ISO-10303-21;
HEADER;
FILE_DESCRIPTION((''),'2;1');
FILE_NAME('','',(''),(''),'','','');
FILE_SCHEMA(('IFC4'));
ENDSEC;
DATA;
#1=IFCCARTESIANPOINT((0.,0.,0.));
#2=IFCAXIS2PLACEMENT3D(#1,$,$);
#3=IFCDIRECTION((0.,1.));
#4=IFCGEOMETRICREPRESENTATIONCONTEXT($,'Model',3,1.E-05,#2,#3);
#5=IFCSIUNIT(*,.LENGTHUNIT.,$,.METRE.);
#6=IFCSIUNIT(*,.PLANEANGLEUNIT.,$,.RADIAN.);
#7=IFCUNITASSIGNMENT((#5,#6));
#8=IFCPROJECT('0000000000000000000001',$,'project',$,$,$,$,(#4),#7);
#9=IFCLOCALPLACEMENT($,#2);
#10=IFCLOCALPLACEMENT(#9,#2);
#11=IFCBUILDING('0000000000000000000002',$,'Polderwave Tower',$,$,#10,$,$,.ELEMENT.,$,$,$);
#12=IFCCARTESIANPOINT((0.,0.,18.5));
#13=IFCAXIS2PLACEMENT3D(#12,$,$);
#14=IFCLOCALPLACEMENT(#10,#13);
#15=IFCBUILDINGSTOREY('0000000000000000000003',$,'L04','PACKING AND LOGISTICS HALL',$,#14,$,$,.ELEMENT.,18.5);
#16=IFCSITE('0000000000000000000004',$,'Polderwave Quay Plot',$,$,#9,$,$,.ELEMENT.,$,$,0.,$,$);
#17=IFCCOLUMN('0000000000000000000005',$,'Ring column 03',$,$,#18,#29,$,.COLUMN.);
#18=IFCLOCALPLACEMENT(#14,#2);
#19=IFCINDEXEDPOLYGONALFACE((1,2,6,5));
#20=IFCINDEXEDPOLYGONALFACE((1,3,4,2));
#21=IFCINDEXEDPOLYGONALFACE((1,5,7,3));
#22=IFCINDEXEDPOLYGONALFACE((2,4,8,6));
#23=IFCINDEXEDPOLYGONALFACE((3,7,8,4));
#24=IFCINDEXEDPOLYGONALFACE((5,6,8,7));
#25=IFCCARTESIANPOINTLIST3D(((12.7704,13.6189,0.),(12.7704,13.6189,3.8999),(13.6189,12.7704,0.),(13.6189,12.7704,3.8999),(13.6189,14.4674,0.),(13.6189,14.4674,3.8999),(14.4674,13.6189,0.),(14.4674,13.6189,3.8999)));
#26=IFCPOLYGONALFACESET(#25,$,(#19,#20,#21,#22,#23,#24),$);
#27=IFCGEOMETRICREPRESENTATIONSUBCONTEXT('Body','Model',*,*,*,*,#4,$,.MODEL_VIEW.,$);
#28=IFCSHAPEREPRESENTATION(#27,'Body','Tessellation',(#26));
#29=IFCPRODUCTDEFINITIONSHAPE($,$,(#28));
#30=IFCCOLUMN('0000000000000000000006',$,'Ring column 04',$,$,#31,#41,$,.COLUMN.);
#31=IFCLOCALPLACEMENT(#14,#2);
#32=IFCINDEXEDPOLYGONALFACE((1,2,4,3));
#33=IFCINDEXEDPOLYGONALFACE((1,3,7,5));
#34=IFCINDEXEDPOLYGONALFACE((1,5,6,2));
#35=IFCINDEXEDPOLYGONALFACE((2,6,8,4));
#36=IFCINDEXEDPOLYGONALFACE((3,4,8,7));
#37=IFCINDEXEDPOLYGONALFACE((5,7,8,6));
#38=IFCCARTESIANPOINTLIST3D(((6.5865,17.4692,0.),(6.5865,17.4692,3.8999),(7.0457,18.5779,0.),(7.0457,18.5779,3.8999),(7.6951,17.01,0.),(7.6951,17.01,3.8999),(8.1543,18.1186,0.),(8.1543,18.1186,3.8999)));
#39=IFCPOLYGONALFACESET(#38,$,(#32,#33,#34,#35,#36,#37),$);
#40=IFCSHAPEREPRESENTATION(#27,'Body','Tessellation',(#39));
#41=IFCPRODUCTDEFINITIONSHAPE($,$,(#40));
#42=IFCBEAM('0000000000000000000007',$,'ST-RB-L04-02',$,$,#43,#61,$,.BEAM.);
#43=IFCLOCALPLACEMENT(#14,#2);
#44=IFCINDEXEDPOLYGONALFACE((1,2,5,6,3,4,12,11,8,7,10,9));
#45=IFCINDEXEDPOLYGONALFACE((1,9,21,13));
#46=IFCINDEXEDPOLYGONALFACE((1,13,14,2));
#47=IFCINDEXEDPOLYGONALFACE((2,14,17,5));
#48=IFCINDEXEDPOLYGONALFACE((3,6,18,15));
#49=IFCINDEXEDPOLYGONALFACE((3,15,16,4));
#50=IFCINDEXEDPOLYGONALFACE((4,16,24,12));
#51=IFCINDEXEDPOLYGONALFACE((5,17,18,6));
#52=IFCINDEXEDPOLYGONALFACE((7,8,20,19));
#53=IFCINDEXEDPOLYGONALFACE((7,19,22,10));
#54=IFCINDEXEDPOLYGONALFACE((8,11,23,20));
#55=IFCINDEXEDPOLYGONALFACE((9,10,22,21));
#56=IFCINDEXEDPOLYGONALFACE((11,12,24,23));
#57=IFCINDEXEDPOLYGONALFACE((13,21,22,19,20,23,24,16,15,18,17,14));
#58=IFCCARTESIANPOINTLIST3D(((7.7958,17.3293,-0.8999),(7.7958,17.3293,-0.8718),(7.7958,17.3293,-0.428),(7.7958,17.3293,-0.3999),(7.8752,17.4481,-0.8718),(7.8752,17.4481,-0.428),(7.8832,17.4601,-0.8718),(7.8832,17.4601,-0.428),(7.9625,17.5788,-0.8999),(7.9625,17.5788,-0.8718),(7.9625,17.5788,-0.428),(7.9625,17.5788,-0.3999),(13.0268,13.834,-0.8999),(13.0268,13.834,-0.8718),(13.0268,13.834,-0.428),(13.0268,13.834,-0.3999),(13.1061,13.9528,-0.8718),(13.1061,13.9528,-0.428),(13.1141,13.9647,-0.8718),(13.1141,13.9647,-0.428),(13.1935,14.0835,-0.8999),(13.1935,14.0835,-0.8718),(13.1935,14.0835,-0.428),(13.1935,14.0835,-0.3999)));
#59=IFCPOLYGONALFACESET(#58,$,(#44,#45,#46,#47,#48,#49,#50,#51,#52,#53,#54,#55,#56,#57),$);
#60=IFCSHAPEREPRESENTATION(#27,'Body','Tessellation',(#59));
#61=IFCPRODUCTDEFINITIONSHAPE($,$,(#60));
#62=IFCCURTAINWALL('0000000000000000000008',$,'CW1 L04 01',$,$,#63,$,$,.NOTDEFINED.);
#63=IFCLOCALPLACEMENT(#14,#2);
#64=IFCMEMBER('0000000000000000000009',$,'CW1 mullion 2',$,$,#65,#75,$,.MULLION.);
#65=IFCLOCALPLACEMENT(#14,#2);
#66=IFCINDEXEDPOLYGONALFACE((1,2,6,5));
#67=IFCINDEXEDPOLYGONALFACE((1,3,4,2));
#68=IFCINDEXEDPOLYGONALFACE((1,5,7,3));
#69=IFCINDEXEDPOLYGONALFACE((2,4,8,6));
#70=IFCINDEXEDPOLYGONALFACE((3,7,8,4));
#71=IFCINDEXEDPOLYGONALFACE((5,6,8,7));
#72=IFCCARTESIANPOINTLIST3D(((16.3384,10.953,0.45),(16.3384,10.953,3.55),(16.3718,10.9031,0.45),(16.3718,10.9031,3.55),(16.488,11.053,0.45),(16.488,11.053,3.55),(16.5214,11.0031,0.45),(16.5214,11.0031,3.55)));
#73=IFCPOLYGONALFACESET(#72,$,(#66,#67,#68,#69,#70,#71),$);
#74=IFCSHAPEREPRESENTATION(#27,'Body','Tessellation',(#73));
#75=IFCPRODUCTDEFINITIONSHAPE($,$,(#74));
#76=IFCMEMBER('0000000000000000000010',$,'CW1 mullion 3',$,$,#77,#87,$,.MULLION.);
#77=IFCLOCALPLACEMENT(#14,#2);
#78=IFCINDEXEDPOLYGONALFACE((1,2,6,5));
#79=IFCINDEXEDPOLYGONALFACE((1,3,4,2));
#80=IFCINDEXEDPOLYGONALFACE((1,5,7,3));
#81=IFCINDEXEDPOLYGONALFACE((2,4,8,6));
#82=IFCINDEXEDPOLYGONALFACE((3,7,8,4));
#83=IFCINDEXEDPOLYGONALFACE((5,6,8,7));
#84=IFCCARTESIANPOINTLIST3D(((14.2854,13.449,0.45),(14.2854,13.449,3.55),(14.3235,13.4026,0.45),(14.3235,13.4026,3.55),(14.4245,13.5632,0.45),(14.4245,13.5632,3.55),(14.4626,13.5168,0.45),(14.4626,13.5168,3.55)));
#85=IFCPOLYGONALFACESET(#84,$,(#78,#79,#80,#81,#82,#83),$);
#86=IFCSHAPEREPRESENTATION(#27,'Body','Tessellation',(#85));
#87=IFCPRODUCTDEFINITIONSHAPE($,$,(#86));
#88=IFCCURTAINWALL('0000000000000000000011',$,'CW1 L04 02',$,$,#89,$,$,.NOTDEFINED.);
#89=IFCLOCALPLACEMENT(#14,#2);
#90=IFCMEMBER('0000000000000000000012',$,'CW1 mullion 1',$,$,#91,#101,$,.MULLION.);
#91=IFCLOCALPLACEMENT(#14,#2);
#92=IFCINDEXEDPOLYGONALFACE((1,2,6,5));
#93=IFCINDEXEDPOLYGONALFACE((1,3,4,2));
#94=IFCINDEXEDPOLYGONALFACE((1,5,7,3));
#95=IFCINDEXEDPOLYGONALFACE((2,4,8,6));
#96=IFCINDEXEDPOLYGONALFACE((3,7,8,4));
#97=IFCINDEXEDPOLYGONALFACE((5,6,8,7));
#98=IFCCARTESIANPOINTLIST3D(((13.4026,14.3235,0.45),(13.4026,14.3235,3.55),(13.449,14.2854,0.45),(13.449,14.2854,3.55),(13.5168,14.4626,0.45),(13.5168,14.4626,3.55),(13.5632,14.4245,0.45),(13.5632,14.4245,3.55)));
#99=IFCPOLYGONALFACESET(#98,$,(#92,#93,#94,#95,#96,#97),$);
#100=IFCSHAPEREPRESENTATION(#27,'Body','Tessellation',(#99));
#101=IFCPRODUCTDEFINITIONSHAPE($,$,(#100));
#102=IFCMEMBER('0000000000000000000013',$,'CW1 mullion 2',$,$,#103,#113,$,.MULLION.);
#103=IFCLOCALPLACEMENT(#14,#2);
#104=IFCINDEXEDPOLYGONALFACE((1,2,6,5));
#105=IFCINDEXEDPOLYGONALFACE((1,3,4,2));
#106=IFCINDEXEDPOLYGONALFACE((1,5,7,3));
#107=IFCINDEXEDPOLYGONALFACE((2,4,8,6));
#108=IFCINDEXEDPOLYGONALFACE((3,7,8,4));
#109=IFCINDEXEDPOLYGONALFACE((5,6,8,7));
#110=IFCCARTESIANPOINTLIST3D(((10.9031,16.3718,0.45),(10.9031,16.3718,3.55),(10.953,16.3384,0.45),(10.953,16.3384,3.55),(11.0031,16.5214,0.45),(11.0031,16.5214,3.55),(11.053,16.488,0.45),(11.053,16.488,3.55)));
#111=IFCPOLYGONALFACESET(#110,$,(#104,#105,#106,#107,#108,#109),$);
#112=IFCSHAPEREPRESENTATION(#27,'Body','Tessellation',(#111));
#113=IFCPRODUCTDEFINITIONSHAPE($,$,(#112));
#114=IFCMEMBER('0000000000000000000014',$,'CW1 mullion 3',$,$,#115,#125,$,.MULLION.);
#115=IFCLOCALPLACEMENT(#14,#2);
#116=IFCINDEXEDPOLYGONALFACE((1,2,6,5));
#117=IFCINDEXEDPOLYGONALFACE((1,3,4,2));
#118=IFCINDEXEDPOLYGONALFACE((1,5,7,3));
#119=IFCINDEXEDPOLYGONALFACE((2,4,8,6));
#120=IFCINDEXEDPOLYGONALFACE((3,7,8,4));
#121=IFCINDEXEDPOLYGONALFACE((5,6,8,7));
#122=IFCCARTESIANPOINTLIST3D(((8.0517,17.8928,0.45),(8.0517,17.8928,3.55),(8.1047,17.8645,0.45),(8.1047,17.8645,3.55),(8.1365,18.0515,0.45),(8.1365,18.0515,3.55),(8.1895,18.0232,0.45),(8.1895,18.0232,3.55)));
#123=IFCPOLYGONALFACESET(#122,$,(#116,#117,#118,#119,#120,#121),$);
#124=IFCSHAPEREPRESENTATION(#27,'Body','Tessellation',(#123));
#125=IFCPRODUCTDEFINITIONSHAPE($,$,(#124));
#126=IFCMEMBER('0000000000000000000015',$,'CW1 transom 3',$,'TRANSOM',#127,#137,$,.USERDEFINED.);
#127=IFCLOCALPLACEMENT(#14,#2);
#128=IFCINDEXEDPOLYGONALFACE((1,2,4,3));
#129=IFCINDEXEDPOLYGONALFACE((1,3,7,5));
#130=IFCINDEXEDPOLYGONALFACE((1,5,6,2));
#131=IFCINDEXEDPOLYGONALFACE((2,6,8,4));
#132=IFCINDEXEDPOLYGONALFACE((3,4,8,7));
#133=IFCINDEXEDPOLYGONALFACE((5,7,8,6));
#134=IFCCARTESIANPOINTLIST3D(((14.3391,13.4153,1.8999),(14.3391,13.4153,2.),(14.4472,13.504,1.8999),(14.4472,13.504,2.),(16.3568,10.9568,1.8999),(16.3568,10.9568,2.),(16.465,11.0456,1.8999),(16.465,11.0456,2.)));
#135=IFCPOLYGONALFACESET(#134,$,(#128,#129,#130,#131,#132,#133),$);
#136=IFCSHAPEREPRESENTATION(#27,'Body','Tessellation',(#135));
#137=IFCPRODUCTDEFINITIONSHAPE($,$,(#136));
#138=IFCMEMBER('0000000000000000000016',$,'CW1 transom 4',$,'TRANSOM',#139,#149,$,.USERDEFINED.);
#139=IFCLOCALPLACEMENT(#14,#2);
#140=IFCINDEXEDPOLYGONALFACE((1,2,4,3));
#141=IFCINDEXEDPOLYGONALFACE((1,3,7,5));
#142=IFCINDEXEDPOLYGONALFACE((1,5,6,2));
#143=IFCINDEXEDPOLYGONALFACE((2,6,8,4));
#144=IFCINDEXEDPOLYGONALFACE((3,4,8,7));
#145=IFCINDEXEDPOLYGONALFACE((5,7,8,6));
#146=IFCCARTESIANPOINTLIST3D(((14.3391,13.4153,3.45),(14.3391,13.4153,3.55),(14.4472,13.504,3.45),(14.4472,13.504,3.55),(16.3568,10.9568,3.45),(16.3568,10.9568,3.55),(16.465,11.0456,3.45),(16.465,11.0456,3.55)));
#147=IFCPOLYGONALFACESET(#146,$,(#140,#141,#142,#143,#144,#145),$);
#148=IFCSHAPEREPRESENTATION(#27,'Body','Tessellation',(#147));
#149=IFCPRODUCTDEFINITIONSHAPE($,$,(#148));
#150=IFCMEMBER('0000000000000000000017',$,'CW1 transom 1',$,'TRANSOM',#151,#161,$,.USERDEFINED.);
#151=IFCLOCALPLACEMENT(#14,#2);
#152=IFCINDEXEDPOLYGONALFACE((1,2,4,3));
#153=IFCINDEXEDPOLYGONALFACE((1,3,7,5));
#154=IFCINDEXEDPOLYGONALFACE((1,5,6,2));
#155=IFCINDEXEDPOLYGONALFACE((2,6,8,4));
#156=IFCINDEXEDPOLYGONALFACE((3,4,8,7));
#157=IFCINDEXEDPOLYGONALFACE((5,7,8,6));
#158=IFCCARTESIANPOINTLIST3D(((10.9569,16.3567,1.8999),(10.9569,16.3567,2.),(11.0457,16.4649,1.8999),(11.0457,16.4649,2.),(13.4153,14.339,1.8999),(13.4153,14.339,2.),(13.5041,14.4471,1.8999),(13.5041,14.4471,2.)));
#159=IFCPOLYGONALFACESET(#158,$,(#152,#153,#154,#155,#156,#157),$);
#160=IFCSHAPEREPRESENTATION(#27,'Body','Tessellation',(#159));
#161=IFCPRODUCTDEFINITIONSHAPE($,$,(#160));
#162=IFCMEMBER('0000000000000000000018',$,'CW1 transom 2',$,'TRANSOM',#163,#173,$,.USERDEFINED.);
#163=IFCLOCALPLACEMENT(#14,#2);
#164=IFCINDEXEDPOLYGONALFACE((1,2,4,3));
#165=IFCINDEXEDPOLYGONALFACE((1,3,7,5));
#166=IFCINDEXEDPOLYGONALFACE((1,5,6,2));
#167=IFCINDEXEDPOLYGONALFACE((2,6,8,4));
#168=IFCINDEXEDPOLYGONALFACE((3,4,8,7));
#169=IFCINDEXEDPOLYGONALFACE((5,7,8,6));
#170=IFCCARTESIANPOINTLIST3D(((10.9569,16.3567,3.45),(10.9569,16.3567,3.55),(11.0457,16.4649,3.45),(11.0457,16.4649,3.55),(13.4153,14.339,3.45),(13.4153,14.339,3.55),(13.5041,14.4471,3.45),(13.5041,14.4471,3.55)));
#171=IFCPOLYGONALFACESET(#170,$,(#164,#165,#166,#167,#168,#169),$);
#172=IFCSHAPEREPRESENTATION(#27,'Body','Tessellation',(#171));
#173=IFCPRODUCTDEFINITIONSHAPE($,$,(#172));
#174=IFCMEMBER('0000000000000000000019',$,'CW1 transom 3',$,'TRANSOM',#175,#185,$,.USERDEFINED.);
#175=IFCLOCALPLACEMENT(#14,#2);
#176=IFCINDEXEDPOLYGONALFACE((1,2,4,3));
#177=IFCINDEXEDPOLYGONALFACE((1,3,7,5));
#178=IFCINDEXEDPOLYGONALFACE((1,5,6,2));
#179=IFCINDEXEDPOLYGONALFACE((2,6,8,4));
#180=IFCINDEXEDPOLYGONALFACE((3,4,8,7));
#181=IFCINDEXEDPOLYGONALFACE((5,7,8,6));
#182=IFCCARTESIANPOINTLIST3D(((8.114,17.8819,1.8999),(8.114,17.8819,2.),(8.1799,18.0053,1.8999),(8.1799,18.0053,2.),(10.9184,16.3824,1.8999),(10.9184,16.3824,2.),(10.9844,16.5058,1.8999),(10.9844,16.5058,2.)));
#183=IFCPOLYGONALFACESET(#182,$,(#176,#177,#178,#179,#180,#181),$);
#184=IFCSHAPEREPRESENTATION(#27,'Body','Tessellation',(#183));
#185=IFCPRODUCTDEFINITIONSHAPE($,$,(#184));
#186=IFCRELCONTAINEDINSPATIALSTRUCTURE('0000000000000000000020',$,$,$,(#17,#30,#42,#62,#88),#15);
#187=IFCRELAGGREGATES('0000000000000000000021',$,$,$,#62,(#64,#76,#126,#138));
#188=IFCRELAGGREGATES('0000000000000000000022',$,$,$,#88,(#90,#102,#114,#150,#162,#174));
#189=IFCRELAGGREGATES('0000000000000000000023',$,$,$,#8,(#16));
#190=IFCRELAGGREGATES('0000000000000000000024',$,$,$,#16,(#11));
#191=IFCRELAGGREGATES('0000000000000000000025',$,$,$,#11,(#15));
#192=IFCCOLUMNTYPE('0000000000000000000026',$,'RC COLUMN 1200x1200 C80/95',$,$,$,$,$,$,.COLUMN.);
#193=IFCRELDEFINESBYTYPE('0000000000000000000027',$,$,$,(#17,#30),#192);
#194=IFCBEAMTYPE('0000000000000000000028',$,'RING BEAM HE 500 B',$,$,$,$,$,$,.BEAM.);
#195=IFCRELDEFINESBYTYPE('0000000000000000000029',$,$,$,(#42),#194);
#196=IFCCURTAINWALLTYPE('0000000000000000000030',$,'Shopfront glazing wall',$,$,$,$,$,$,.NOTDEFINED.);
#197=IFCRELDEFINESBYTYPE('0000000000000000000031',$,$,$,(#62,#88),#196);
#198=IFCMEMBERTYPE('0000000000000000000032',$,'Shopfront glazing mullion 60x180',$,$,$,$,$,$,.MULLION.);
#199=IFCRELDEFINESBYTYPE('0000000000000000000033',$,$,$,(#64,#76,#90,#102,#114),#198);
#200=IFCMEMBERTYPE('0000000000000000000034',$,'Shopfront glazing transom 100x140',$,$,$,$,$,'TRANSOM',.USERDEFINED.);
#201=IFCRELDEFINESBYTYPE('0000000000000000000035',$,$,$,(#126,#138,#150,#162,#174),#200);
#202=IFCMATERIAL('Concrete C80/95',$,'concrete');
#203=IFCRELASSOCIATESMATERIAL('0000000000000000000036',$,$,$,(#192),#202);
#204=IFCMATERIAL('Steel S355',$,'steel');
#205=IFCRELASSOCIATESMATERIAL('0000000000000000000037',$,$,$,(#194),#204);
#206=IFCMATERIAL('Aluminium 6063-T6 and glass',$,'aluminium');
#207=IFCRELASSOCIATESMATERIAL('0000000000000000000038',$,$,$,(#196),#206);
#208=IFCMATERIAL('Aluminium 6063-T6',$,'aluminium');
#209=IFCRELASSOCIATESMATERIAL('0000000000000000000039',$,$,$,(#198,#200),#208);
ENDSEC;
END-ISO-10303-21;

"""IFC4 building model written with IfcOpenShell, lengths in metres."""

from ifc_helpers import new_model, si_unit, direction, frame, origin, origin_2d, place, context, subcontext, project, spatial, rectangle, i_section, extrude, material, material_profile, profile_set, type_object, element, aggregate, save


model = new_model("IFC4")

# Units and contexts
model_context = context("Model", 3, precision=1e-05, world=origin(), true_north=direction((0.0, 1.0)))
body_context = subcontext(model_context, "Body", "Model", "MODEL_VIEW")
ifc_project = project(units=[si_unit("LENGTHUNIT", "METRE"), si_unit("PLANEANGLEUNIT", "RADIAN")], contexts=[model_context])

# Site, building, storey
site_placement = place(None, origin())
site = spatial("IfcSite", under=ifc_project, at=site_placement, Name="Polderwave Quay Plot", CompositionType="ELEMENT", RefElevation=0.0)
building_placement = place(site_placement, origin())
building = spatial("IfcBuilding", under=site, at=building_placement, Name="Polderwave Tower", CompositionType="ELEMENT")
storey_placement = place(building_placement, frame((0.0, 0.0, 18.5)))
storey = spatial("IfcBuildingStorey", under=building, at=storey_placement, Name="L04", Description="PACKING AND LOGISTICS HALL", CompositionType="ELEMENT", Elevation=18.5)

# Columns
ifc_material_1 = material(Name="Concrete C80/95", Category="concrete")
ifc_material_profile_1 = material_profile(ifc_material_1, rectangle(XDim=1.2, YDim=1.2, at=origin_2d()), Name="RC 1200x1200")
ifc_profile_set_1 = profile_set([ifc_material_profile_1], Name="Concrete C80/95")
column_type = type_object("IfcColumnType", Name="RC COLUMN 1200x1200 C80/95", PredefinedType="COLUMN", material=ifc_profile_set_1)
for number, where, z_axis, x_axis, name in (
    (1, (13.6189, 13.6189, 0.0), (0.0, 0.0, 1.0), (0.707107, 0.707107, 0.0), "Ring column 03"),
    (2, (7.3704, 17.7939, 0.0), (0.0, 0.0, 1.0), (0.382683, 0.92388, 0.0), "Ring column 04"),
):
    element("IfcColumn", number, at=place(storey_placement, frame(where, z_axis=z_axis, x_axis=x_axis)), inside=storey, type_object=column_type, Name=name, PredefinedType="COLUMN", context=body_context, shape_type="SweptSolid", body=[
        extrude(rectangle(XDim=1.2, YDim=1.2, at=origin_2d()), origin(), (0.0, 0.0, 1.0), 3.8999),
    ])

# Beam
ifc_material_2 = material(Name="Steel S355", Category="steel")
ifc_material_profile_2 = material_profile(ifc_material_2, i_section(OverallWidth=0.3, OverallDepth=0.5, WebThickness=0.0144, FlangeThickness=0.0281, at=origin_2d()), Name="HE 500 B")
ifc_profile_set_2 = profile_set([ifc_material_profile_2], Name="Steel S355")
beam_type = type_object("IfcBeamType", Name="RING BEAM HE 500 B", PredefinedType="BEAM", material=ifc_profile_set_2)
beam_placement = place(storey_placement, frame((13.1101, 13.9587, -0.6499), z_axis=(-0.831459, 0.555586, 0.0), x_axis=(-0.555586, -0.831459, 0.0)))
element("IfcBeam", 3, at=beam_placement, inside=storey, type_object=beam_type, Name="ST-RB-L04-02", PredefinedType="BEAM", context=body_context, shape_type="SweptSolid", body=[
    extrude(i_section(OverallWidth=0.3, OverallDepth=0.5, WebThickness=0.0144, FlangeThickness=0.0281, at=origin_2d()), origin(), (0.0, 0.0, 1.0), 6.2913),
])

# Curtain walls, members
ifc_material_3 = material(Name="Aluminium 6063-T6 and glass", Category="aluminium")
curtain_wall_type = type_object("IfcCurtainWallType", Name="Shopfront glazing wall", PredefinedType="NOTDEFINED", material=ifc_material_3)
curtain_wall_1_placement = place(storey_placement, origin())
curtain_wall_1 = element("IfcCurtainWall", 4, at=curtain_wall_1_placement, inside=storey, type_object=curtain_wall_type, Name="CW1 L04 01", PredefinedType="NOTDEFINED")
ifc_material_4 = material(Name="Aluminium 6063-T6", Category="aluminium")
ifc_material_profile_3 = material_profile(ifc_material_4, rectangle(XDim=0.1799, YDim=0.0601, at=origin_2d()), Name="AL 60x180")
ifc_profile_set_3 = profile_set([ifc_material_profile_3], Name="Aluminium 6063-T6")
member_type_1 = type_object("IfcMemberType", Name="Shopfront glazing mullion 60x180", PredefinedType="MULLION", material=ifc_profile_set_3)
member_1_placement = place(storey_placement, frame((16.4299, 10.978, 0.45), z_axis=(0.0, 0.0, 1.0), x_axis=(-0.831413, -0.555654, 0.0)))
member_1 = element("IfcMember", 5, at=member_1_placement, type_object=member_type_1, Name="CW1 mullion 2", PredefinedType="MULLION", context=body_context, shape_type="SweptSolid", body=[
    extrude(rectangle(XDim=0.1799, YDim=0.0601, at=origin_2d()), origin(), (0.0, 0.0, 1.0), 3.1001),
])
member_2_placement = place(storey_placement, frame((14.374, 13.4829, 0.45), z_axis=(0.0, 0.0, 1.0), x_axis=(-0.772962, -0.634453, 0.0)))
member_2 = element("IfcMember", 6, at=member_2_placement, type_object=member_type_1, Name="CW1 mullion 3", PredefinedType="MULLION", context=body_context, shape_type="SweptSolid", body=[
    extrude(rectangle(XDim=0.1799, YDim=0.0601, at=origin_2d()), origin(), (0.0, 0.0, 1.0), 3.1001),
])
curtain_wall_2_placement = place(storey_placement, origin())
curtain_wall_2 = element("IfcCurtainWall", 7, at=curtain_wall_2_placement, inside=storey, type_object=curtain_wall_type, Name="CW1 L04 02", PredefinedType="NOTDEFINED")
member_3_placement = place(storey_placement, frame((13.4829, 14.374, 0.45), z_axis=(0.0, 0.0, 1.0), x_axis=(-0.634453, -0.772962, 0.0)))
member_3 = element("IfcMember", 8, at=member_3_placement, type_object=member_type_1, Name="CW1 mullion 1", PredefinedType="MULLION", context=body_context, shape_type="SweptSolid", body=[
    extrude(rectangle(XDim=0.1799, YDim=0.0601, at=origin_2d()), origin(), (0.0, 0.0, 1.0), 3.1001),
])
member_4_placement = place(storey_placement, frame((10.978, 16.4299, 0.45), z_axis=(0.0, 0.0, 1.0), x_axis=(-0.555654, -0.831413, 0.0)))
member_4 = element("IfcMember", 9, at=member_4_placement, type_object=member_type_1, Name="CW1 mullion 2", PredefinedType="MULLION", context=body_context, shape_type="SweptSolid", body=[
    extrude(rectangle(XDim=0.1799, YDim=0.0601, at=origin_2d()), origin(), (0.0, 0.0, 1.0), 3.1001),
])
member_5_placement = place(storey_placement, frame((8.1206, 17.958, 0.45), z_axis=(0.0, 0.0, 1.0), x_axis=(-0.471509, -0.881861, 0.0)))
member_5 = element("IfcMember", 10, at=member_5_placement, type_object=member_type_1, Name="CW1 mullion 3", PredefinedType="MULLION", context=body_context, shape_type="SweptSolid", body=[
    extrude(rectangle(XDim=0.1799, YDim=0.0601, at=origin_2d()), origin(), (0.0, 0.0, 1.0), 3.1001),
])

# Members
ifc_material_profile_4 = material_profile(ifc_material_4, rectangle(XDim=0.1399, YDim=0.1001, at=origin_2d()), Name="AL 100x140")
ifc_profile_set_4 = profile_set([ifc_material_profile_4], Name="Aluminium 6063-T6")
member_type_2 = type_object("IfcMemberType", Name="Shopfront glazing transom 100x140", ElementType="TRANSOM", PredefinedType="USERDEFINED", material=ifc_profile_set_4)
member_6_placement = place(storey_placement, frame((16.4109, 11.0012, 1.95), z_axis=(-0.634428, 0.772982, 0.0), x_axis=(-0.772982, -0.634428, 0.0)))
member_6 = element("IfcMember", 11, at=member_6_placement, type_object=member_type_2, Name="CW1 transom 3", ObjectType="TRANSOM", PredefinedType="USERDEFINED", context=body_context, shape_type="SweptSolid", body=[
    extrude(rectangle(XDim=0.1399, YDim=0.1001, at=origin_2d()), origin(), (0.0, 0.0, 1.0), 3.1804),
])
member_7_placement = place(storey_placement, frame((16.4109, 11.0012, 3.5), z_axis=(-0.634428, 0.772982, 0.0), x_axis=(-0.772982, -0.634428, 0.0)))
member_7 = element("IfcMember", 12, at=member_7_placement, type_object=member_type_2, Name="CW1 transom 4", ObjectType="TRANSOM", PredefinedType="USERDEFINED", context=body_context, shape_type="SweptSolid", body=[
    extrude(rectangle(XDim=0.1399, YDim=0.1001, at=origin_2d()), origin(), (0.0, 0.0, 1.0), 3.1804),
])
member_8_placement = place(storey_placement, frame((13.4597, 14.3931, 1.95), z_axis=(-0.772982, 0.634428, 0.0), x_axis=(-0.634428, -0.772982, 0.0)))
member_8 = element("IfcMember", 13, at=member_8_placement, type_object=member_type_2, Name="CW1 transom 1", ObjectType="TRANSOM", PredefinedType="USERDEFINED", context=body_context, shape_type="SweptSolid", body=[
    extrude(rectangle(XDim=0.1399, YDim=0.1001, at=origin_2d()), origin(), (0.0, 0.0, 1.0), 3.1804),
])
member_9_placement = place(storey_placement, frame((13.4597, 14.3931, 3.5), z_axis=(-0.772982, 0.634428, 0.0), x_axis=(-0.634428, -0.772982, 0.0)))
member_9 = element("IfcMember", 14, at=member_9_placement, type_object=member_type_2, Name="CW1 transom 2", ObjectType="TRANSOM", PredefinedType="USERDEFINED", context=body_context, shape_type="SweptSolid", body=[
    extrude(rectangle(XDim=0.1399, YDim=0.1001, at=origin_2d()), origin(), (0.0, 0.0, 1.0), 3.1804),
])
member_10_placement = place(storey_placement, frame((10.9514, 16.4441, 1.95), z_axis=(-0.881855, 0.47152, 0.0), x_axis=(-0.47152, -0.881855, 0.0)))
member_10 = element("IfcMember", 15, at=member_10_placement, type_object=member_type_2, Name="CW1 transom 3", ObjectType="TRANSOM", PredefinedType="USERDEFINED", context=body_context, shape_type="SweptSolid", body=[
    extrude(rectangle(XDim=0.1399, YDim=0.1001, at=origin_2d()), origin(), (0.0, 0.0, 1.0), 3.1802),
])

aggregate(curtain_wall_1, [member_1, member_2, member_6, member_7])
aggregate(curtain_wall_2, [member_3, member_4, member_5, member_8, member_9, member_10])

save(model, "model.ifc")
